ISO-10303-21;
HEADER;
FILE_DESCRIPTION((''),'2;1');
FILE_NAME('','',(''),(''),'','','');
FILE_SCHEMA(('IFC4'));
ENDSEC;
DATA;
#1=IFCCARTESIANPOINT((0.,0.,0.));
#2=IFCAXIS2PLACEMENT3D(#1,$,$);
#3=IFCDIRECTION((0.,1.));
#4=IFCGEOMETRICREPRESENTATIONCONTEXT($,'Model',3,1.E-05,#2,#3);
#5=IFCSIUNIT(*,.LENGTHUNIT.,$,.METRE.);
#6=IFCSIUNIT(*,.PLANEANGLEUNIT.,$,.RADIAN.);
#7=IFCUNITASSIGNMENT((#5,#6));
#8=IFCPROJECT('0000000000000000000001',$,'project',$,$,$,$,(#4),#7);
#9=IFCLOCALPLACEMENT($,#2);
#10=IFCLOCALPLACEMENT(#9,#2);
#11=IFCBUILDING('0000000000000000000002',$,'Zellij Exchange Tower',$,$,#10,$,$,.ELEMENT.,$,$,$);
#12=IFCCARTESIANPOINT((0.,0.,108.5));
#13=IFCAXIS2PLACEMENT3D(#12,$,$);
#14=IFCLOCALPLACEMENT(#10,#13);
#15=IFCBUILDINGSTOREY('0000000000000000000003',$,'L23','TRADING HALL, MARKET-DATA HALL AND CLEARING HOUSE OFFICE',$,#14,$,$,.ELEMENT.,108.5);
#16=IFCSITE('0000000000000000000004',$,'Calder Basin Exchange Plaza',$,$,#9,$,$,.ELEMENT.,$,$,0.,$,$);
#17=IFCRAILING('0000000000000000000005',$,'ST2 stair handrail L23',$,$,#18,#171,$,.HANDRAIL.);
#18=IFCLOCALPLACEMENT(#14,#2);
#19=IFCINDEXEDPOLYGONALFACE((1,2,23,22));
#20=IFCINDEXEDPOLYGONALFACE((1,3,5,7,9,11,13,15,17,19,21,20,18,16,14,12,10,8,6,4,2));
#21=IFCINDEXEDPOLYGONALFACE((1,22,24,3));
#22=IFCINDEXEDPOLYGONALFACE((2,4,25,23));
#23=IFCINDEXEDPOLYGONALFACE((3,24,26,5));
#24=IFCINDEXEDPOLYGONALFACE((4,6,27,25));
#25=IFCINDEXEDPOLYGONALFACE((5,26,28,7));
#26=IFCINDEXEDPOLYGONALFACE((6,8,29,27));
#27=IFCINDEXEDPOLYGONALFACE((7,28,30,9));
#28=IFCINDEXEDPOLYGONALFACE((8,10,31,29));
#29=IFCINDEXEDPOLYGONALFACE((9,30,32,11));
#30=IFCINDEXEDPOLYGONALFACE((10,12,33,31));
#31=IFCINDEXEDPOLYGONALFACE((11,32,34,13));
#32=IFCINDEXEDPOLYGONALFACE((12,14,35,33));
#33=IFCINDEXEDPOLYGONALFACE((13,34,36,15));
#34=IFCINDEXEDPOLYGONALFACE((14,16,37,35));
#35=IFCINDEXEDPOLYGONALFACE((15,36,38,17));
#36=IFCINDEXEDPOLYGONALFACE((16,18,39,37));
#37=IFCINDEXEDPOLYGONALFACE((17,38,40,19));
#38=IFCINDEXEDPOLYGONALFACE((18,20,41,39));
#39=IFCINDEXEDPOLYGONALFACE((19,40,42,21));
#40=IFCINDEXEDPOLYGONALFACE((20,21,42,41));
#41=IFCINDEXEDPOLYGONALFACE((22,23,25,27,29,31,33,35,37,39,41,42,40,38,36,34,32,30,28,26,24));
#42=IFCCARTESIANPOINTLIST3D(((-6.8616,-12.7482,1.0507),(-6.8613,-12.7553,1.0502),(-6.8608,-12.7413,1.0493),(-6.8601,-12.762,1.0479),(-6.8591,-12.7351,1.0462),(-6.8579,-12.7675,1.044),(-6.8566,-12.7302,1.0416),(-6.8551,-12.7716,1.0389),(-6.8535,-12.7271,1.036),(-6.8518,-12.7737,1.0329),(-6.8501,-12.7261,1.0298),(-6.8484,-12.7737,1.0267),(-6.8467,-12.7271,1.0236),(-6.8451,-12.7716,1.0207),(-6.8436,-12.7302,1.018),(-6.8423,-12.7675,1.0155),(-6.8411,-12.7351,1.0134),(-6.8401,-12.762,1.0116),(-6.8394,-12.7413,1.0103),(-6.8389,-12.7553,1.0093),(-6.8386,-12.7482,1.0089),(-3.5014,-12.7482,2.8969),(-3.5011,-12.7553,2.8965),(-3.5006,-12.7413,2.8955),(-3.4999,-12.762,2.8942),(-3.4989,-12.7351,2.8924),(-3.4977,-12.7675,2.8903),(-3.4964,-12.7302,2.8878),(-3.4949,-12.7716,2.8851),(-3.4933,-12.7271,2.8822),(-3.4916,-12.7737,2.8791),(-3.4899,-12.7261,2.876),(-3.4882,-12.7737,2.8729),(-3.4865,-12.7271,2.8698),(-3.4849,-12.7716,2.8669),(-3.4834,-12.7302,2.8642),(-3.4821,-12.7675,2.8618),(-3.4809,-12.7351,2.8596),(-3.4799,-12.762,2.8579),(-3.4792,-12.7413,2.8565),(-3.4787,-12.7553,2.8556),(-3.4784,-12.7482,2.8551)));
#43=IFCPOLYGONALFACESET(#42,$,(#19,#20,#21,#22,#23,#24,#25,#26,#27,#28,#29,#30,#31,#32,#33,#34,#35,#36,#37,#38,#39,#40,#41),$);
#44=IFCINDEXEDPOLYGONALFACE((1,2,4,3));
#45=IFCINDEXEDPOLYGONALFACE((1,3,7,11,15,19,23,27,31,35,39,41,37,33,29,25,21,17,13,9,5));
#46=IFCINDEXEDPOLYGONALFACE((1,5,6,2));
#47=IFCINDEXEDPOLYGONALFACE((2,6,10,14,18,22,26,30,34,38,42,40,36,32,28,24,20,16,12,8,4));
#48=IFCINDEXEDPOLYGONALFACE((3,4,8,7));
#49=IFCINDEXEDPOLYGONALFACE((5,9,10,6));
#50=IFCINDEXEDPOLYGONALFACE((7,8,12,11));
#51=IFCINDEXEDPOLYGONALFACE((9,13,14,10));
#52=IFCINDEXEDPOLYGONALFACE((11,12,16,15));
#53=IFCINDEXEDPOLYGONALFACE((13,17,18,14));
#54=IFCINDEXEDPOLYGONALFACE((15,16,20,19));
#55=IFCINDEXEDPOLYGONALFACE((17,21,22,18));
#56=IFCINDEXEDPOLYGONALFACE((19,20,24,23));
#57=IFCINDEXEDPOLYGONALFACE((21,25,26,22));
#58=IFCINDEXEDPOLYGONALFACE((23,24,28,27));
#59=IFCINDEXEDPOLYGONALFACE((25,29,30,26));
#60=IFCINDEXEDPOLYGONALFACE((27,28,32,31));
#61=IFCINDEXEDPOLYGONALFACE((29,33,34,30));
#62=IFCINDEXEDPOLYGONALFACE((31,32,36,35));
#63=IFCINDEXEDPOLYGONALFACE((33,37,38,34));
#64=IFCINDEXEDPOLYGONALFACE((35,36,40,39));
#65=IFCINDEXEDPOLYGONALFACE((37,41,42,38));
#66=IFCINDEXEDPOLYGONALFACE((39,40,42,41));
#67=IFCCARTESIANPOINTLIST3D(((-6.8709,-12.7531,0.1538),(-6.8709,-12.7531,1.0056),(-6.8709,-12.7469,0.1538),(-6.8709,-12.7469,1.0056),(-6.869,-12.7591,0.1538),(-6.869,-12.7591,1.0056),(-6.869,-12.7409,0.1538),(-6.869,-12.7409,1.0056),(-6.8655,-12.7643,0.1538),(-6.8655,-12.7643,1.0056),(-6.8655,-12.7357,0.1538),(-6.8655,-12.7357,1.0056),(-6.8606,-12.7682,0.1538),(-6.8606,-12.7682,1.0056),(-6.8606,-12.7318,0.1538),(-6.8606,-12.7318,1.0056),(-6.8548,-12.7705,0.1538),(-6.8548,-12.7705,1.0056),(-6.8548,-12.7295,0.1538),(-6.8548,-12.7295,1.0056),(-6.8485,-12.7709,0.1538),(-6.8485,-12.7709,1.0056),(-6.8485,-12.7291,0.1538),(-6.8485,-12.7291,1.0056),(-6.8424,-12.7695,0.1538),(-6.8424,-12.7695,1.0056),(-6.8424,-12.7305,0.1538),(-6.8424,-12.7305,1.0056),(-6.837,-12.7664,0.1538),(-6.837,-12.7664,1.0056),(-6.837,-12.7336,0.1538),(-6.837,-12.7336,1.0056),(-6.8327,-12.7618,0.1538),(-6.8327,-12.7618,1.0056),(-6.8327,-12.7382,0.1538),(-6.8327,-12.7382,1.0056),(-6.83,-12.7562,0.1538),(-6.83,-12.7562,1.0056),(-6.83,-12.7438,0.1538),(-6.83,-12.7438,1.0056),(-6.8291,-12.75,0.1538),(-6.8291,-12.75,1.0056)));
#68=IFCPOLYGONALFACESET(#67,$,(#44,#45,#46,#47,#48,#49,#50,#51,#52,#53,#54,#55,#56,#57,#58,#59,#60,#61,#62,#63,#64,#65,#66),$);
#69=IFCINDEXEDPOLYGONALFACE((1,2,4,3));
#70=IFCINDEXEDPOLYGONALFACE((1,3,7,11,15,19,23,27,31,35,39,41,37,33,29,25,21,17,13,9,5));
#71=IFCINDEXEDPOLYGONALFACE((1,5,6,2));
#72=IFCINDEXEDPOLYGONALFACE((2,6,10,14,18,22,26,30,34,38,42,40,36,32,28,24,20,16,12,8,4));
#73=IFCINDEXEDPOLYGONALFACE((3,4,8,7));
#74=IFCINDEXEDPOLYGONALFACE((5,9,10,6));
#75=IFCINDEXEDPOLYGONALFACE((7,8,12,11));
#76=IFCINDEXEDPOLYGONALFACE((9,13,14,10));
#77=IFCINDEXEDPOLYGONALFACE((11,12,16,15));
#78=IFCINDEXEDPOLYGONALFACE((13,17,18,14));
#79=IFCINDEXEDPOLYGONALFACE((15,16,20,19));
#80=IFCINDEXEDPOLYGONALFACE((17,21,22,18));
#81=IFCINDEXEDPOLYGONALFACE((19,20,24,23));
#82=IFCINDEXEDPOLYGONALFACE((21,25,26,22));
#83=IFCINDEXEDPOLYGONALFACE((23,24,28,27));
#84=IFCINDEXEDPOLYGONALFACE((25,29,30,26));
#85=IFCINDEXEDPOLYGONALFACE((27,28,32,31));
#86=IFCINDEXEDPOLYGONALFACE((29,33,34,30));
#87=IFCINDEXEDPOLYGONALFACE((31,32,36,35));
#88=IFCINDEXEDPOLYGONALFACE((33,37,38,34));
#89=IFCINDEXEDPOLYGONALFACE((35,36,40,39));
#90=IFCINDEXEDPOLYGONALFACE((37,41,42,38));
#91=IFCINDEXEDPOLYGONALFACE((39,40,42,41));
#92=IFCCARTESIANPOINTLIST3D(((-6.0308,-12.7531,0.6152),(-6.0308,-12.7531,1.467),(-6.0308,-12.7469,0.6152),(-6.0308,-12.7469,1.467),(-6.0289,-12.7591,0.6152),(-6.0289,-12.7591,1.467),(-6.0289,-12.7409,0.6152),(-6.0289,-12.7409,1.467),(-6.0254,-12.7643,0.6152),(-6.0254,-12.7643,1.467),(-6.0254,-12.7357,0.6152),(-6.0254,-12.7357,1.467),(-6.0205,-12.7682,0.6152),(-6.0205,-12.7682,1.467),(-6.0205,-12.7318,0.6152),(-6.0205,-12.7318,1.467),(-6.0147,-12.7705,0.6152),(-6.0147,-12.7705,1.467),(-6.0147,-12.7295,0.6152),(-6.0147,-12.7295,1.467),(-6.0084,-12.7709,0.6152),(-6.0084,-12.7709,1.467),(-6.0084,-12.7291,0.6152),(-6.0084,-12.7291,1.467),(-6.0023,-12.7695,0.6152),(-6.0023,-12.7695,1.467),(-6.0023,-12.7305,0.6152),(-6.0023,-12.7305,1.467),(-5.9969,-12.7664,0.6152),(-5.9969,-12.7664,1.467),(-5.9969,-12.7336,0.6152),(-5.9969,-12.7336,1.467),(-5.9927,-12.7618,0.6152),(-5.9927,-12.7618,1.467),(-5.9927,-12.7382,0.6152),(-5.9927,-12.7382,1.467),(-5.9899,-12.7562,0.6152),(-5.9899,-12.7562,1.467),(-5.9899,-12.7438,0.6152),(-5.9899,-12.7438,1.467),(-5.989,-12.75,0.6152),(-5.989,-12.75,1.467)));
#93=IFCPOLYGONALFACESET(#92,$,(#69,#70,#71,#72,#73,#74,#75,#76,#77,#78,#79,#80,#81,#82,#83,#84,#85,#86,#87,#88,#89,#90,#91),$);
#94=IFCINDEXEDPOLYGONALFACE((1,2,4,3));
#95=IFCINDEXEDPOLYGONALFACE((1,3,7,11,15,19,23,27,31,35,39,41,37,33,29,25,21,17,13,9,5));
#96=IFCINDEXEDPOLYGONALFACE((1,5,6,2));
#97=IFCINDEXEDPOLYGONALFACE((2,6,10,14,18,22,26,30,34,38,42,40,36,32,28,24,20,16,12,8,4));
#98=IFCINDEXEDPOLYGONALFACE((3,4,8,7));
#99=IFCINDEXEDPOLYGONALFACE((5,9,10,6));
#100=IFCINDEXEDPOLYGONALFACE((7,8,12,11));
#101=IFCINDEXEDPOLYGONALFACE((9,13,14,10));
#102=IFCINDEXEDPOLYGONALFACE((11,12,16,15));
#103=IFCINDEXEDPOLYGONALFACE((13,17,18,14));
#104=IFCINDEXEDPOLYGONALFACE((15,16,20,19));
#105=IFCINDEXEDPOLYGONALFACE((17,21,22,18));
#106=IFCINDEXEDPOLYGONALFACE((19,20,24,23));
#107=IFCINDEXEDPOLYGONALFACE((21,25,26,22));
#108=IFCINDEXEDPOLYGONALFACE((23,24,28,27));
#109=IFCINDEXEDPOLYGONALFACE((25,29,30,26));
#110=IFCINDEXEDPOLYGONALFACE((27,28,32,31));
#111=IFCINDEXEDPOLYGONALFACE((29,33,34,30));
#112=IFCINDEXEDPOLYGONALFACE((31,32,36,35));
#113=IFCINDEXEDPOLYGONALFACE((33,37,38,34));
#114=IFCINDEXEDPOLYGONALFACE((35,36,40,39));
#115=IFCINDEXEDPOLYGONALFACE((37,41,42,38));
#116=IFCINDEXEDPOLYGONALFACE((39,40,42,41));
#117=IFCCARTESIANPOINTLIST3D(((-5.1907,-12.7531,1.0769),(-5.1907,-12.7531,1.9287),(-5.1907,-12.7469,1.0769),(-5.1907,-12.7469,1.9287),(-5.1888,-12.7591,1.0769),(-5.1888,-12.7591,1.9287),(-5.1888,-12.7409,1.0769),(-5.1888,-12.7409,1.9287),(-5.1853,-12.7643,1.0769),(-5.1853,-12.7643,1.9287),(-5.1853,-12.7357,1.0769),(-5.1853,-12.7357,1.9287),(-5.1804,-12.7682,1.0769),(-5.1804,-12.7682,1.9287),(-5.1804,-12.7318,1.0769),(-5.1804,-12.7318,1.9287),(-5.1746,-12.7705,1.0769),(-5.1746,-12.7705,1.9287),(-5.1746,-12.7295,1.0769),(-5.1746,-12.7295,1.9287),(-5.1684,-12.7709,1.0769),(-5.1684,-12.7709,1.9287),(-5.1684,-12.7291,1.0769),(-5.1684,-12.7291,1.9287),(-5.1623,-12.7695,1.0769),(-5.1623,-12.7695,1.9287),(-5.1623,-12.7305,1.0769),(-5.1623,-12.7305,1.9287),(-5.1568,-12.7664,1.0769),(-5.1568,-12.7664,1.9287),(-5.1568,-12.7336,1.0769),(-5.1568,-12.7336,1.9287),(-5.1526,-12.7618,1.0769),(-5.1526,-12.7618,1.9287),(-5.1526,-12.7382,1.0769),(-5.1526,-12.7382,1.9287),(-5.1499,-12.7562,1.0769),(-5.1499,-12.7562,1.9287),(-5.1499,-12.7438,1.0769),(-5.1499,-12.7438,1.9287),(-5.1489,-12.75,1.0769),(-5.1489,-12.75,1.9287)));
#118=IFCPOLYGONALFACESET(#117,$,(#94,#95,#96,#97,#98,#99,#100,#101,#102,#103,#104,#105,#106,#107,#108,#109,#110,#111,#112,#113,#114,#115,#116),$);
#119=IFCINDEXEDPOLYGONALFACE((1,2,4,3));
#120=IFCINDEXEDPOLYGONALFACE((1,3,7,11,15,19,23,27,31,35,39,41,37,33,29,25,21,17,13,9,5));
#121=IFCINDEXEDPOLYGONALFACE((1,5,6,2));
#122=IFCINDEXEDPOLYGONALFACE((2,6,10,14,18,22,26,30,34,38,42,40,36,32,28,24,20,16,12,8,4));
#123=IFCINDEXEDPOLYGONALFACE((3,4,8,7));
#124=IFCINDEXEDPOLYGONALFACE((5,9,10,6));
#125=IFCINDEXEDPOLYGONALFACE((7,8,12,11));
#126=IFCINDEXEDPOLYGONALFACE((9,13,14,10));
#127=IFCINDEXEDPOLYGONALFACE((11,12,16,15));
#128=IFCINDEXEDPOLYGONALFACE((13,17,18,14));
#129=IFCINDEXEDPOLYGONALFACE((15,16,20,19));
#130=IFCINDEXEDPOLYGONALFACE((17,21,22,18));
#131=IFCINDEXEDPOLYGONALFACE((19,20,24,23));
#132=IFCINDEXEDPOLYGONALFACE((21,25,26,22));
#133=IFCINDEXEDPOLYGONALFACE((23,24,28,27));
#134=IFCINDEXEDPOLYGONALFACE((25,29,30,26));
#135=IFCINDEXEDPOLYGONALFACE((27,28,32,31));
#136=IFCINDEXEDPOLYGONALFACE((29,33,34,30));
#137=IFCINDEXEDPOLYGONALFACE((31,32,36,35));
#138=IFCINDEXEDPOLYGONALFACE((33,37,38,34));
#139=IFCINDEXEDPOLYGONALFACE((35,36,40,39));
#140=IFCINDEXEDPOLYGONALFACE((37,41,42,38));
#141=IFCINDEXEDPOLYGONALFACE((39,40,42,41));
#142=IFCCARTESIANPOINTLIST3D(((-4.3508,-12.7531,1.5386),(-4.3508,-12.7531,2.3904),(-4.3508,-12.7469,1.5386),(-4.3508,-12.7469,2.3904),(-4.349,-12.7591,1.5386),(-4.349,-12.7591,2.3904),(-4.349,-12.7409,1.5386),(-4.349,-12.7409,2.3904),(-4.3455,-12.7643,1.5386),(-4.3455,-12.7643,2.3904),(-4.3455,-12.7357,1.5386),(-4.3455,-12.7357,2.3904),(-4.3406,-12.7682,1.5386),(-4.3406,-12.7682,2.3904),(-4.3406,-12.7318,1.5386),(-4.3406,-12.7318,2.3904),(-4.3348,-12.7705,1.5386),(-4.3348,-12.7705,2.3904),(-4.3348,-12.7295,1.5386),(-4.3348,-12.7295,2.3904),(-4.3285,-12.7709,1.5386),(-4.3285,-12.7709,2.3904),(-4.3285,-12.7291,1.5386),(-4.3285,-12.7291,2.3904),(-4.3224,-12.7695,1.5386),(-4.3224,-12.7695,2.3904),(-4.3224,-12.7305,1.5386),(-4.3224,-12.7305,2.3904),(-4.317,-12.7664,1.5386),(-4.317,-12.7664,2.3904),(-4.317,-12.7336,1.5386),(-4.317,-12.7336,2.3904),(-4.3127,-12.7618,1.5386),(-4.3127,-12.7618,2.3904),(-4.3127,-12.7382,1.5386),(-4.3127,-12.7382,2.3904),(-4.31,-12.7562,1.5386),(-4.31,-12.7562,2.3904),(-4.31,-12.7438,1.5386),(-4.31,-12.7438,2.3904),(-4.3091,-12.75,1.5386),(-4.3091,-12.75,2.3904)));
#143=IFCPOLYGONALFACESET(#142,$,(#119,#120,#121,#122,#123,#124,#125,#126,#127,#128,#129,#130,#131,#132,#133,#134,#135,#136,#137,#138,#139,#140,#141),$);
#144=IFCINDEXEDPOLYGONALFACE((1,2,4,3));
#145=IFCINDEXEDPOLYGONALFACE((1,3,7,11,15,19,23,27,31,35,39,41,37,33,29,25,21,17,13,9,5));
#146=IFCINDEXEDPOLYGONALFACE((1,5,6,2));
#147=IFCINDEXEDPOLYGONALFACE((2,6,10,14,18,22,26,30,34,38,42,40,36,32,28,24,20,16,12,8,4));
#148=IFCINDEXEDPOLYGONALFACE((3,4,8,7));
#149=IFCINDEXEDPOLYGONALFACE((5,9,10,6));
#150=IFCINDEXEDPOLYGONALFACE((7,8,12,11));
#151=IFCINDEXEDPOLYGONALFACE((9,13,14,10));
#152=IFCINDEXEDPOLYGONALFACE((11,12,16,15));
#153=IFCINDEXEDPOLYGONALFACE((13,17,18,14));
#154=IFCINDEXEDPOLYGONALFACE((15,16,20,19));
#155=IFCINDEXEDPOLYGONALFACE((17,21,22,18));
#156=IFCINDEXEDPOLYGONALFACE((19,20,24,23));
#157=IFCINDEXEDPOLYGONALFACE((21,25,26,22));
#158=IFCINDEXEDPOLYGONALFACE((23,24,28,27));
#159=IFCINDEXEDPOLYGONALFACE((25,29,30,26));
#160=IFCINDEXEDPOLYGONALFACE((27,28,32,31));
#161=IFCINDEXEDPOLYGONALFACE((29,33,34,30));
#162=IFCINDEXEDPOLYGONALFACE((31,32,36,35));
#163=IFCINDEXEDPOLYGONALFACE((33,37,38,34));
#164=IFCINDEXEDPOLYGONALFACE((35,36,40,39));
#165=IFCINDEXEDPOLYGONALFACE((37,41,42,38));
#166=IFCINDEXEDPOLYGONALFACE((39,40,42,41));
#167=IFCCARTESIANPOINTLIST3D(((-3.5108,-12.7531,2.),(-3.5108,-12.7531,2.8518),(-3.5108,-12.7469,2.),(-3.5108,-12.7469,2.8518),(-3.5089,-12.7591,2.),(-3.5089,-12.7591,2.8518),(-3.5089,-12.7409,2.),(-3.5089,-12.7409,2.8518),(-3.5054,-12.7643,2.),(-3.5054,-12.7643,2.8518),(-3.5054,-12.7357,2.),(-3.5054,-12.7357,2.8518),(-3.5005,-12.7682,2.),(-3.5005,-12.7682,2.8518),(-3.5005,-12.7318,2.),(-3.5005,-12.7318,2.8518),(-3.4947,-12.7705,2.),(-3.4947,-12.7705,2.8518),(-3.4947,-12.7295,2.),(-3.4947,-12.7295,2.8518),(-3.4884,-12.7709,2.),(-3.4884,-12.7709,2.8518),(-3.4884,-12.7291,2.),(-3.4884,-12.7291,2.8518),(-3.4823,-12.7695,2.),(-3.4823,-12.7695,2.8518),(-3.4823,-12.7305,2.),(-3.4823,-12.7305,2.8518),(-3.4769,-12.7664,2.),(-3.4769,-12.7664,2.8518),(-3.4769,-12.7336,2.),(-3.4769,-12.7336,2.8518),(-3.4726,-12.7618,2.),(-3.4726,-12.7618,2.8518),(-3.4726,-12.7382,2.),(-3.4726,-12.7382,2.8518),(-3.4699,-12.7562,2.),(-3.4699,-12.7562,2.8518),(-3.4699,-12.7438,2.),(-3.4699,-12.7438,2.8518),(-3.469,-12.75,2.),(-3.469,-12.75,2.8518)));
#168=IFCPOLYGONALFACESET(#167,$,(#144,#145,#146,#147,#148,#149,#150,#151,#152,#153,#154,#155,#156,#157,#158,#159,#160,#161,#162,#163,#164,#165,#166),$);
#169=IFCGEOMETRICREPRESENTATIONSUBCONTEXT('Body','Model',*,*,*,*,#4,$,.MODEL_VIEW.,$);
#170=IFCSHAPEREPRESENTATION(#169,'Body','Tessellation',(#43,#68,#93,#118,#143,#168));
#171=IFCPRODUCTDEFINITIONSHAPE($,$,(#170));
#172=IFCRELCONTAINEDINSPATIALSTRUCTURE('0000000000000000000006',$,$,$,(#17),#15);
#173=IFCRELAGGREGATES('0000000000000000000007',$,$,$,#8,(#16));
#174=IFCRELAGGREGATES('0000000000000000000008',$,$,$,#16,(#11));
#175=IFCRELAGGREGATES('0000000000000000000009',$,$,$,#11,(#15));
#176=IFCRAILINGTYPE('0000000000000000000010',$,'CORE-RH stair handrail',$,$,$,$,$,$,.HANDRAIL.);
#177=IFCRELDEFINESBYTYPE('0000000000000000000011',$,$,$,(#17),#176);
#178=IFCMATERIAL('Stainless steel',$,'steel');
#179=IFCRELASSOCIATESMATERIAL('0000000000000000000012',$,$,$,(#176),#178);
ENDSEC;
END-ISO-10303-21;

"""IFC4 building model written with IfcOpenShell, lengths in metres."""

from ifc_helpers import new_model, si_unit, direction, frame, origin, origin_2d, place, context, subcontext, project, spatial, circle, extrude, material, type_object, element, save


model = new_model("IFC4")

# Units and contexts
model_context = context("Model", 3, precision=1e-05, world=origin(), true_north=direction((0.0, 1.0)))
body_context = subcontext(model_context, "Body", "Model", "MODEL_VIEW")
ifc_project = project(units=[si_unit("LENGTHUNIT", "METRE"), si_unit("PLANEANGLEUNIT", "RADIAN")], contexts=[model_context])

# Site, building, storey
site_placement = place(None, origin())
site = spatial("IfcSite", under=ifc_project, at=site_placement, Name="Calder Basin Exchange Plaza", CompositionType="ELEMENT", RefElevation=0.0)
building_placement = place(site_placement, origin())
building = spatial("IfcBuilding", under=site, at=building_placement, Name="Zellij Exchange Tower", CompositionType="ELEMENT")
storey_placement = place(building_placement, frame((0.0, 0.0, 108.5)))
storey = spatial("IfcBuildingStorey", under=building, at=storey_placement, Name="L23", Description="TRADING HALL, MARKET-DATA HALL AND CLEARING HOUSE OFFICE", CompositionType="ELEMENT", Elevation=108.5)

# Railing
ifc_material_1 = material(Name="Stainless steel", Category="steel")
railing_type_1 = type_object("IfcRailingType", Name="CORE-RH stair handrail", PredefinedType="HANDRAIL", material=ifc_material_1)
railing_1_placement = place(storey_placement, frame((-6.8501, -12.75, 0.1538)))
element("IfcRailing", 1, at=railing_1_placement, inside=storey, type_object=railing_type_1, Name="ST2 stair handrail L23", PredefinedType="HANDRAIL", context=body_context, shape_type="SweptSolid", body=[
    extrude(circle(Radius=0.0239, at=origin_2d()), frame((0.0, 0.0, 0.876), z_axis=(0.876422, 0.0, 0.481545), x_axis=(0.0, 1.0, 0.0)), (0.0, 0.0, 1.0), 3.834),
    extrude(circle(Radius=0.021, at=origin_2d()), origin(), (0.0, 0.0, 1.0), 0.8518),
    extrude(circle(Radius=0.021, at=origin_2d()), frame((0.8401, 0.0, 0.4614)), (0.0, 0.0, 1.0), 0.8518),
    extrude(circle(Radius=0.021, at=origin_2d()), frame((1.6802, 0.0, 0.9231)), (0.0, 0.0, 1.0), 0.8518),
    extrude(circle(Radius=0.021, at=origin_2d()), frame((2.52, 0.0, 1.3848)), (0.0, 0.0, 1.0), 0.8518),
    extrude(circle(Radius=0.021, at=origin_2d()), frame((3.3601, 0.0, 1.8462)), (0.0, 0.0, 1.0), 0.8518),
])

save(model, "model.ifc")
